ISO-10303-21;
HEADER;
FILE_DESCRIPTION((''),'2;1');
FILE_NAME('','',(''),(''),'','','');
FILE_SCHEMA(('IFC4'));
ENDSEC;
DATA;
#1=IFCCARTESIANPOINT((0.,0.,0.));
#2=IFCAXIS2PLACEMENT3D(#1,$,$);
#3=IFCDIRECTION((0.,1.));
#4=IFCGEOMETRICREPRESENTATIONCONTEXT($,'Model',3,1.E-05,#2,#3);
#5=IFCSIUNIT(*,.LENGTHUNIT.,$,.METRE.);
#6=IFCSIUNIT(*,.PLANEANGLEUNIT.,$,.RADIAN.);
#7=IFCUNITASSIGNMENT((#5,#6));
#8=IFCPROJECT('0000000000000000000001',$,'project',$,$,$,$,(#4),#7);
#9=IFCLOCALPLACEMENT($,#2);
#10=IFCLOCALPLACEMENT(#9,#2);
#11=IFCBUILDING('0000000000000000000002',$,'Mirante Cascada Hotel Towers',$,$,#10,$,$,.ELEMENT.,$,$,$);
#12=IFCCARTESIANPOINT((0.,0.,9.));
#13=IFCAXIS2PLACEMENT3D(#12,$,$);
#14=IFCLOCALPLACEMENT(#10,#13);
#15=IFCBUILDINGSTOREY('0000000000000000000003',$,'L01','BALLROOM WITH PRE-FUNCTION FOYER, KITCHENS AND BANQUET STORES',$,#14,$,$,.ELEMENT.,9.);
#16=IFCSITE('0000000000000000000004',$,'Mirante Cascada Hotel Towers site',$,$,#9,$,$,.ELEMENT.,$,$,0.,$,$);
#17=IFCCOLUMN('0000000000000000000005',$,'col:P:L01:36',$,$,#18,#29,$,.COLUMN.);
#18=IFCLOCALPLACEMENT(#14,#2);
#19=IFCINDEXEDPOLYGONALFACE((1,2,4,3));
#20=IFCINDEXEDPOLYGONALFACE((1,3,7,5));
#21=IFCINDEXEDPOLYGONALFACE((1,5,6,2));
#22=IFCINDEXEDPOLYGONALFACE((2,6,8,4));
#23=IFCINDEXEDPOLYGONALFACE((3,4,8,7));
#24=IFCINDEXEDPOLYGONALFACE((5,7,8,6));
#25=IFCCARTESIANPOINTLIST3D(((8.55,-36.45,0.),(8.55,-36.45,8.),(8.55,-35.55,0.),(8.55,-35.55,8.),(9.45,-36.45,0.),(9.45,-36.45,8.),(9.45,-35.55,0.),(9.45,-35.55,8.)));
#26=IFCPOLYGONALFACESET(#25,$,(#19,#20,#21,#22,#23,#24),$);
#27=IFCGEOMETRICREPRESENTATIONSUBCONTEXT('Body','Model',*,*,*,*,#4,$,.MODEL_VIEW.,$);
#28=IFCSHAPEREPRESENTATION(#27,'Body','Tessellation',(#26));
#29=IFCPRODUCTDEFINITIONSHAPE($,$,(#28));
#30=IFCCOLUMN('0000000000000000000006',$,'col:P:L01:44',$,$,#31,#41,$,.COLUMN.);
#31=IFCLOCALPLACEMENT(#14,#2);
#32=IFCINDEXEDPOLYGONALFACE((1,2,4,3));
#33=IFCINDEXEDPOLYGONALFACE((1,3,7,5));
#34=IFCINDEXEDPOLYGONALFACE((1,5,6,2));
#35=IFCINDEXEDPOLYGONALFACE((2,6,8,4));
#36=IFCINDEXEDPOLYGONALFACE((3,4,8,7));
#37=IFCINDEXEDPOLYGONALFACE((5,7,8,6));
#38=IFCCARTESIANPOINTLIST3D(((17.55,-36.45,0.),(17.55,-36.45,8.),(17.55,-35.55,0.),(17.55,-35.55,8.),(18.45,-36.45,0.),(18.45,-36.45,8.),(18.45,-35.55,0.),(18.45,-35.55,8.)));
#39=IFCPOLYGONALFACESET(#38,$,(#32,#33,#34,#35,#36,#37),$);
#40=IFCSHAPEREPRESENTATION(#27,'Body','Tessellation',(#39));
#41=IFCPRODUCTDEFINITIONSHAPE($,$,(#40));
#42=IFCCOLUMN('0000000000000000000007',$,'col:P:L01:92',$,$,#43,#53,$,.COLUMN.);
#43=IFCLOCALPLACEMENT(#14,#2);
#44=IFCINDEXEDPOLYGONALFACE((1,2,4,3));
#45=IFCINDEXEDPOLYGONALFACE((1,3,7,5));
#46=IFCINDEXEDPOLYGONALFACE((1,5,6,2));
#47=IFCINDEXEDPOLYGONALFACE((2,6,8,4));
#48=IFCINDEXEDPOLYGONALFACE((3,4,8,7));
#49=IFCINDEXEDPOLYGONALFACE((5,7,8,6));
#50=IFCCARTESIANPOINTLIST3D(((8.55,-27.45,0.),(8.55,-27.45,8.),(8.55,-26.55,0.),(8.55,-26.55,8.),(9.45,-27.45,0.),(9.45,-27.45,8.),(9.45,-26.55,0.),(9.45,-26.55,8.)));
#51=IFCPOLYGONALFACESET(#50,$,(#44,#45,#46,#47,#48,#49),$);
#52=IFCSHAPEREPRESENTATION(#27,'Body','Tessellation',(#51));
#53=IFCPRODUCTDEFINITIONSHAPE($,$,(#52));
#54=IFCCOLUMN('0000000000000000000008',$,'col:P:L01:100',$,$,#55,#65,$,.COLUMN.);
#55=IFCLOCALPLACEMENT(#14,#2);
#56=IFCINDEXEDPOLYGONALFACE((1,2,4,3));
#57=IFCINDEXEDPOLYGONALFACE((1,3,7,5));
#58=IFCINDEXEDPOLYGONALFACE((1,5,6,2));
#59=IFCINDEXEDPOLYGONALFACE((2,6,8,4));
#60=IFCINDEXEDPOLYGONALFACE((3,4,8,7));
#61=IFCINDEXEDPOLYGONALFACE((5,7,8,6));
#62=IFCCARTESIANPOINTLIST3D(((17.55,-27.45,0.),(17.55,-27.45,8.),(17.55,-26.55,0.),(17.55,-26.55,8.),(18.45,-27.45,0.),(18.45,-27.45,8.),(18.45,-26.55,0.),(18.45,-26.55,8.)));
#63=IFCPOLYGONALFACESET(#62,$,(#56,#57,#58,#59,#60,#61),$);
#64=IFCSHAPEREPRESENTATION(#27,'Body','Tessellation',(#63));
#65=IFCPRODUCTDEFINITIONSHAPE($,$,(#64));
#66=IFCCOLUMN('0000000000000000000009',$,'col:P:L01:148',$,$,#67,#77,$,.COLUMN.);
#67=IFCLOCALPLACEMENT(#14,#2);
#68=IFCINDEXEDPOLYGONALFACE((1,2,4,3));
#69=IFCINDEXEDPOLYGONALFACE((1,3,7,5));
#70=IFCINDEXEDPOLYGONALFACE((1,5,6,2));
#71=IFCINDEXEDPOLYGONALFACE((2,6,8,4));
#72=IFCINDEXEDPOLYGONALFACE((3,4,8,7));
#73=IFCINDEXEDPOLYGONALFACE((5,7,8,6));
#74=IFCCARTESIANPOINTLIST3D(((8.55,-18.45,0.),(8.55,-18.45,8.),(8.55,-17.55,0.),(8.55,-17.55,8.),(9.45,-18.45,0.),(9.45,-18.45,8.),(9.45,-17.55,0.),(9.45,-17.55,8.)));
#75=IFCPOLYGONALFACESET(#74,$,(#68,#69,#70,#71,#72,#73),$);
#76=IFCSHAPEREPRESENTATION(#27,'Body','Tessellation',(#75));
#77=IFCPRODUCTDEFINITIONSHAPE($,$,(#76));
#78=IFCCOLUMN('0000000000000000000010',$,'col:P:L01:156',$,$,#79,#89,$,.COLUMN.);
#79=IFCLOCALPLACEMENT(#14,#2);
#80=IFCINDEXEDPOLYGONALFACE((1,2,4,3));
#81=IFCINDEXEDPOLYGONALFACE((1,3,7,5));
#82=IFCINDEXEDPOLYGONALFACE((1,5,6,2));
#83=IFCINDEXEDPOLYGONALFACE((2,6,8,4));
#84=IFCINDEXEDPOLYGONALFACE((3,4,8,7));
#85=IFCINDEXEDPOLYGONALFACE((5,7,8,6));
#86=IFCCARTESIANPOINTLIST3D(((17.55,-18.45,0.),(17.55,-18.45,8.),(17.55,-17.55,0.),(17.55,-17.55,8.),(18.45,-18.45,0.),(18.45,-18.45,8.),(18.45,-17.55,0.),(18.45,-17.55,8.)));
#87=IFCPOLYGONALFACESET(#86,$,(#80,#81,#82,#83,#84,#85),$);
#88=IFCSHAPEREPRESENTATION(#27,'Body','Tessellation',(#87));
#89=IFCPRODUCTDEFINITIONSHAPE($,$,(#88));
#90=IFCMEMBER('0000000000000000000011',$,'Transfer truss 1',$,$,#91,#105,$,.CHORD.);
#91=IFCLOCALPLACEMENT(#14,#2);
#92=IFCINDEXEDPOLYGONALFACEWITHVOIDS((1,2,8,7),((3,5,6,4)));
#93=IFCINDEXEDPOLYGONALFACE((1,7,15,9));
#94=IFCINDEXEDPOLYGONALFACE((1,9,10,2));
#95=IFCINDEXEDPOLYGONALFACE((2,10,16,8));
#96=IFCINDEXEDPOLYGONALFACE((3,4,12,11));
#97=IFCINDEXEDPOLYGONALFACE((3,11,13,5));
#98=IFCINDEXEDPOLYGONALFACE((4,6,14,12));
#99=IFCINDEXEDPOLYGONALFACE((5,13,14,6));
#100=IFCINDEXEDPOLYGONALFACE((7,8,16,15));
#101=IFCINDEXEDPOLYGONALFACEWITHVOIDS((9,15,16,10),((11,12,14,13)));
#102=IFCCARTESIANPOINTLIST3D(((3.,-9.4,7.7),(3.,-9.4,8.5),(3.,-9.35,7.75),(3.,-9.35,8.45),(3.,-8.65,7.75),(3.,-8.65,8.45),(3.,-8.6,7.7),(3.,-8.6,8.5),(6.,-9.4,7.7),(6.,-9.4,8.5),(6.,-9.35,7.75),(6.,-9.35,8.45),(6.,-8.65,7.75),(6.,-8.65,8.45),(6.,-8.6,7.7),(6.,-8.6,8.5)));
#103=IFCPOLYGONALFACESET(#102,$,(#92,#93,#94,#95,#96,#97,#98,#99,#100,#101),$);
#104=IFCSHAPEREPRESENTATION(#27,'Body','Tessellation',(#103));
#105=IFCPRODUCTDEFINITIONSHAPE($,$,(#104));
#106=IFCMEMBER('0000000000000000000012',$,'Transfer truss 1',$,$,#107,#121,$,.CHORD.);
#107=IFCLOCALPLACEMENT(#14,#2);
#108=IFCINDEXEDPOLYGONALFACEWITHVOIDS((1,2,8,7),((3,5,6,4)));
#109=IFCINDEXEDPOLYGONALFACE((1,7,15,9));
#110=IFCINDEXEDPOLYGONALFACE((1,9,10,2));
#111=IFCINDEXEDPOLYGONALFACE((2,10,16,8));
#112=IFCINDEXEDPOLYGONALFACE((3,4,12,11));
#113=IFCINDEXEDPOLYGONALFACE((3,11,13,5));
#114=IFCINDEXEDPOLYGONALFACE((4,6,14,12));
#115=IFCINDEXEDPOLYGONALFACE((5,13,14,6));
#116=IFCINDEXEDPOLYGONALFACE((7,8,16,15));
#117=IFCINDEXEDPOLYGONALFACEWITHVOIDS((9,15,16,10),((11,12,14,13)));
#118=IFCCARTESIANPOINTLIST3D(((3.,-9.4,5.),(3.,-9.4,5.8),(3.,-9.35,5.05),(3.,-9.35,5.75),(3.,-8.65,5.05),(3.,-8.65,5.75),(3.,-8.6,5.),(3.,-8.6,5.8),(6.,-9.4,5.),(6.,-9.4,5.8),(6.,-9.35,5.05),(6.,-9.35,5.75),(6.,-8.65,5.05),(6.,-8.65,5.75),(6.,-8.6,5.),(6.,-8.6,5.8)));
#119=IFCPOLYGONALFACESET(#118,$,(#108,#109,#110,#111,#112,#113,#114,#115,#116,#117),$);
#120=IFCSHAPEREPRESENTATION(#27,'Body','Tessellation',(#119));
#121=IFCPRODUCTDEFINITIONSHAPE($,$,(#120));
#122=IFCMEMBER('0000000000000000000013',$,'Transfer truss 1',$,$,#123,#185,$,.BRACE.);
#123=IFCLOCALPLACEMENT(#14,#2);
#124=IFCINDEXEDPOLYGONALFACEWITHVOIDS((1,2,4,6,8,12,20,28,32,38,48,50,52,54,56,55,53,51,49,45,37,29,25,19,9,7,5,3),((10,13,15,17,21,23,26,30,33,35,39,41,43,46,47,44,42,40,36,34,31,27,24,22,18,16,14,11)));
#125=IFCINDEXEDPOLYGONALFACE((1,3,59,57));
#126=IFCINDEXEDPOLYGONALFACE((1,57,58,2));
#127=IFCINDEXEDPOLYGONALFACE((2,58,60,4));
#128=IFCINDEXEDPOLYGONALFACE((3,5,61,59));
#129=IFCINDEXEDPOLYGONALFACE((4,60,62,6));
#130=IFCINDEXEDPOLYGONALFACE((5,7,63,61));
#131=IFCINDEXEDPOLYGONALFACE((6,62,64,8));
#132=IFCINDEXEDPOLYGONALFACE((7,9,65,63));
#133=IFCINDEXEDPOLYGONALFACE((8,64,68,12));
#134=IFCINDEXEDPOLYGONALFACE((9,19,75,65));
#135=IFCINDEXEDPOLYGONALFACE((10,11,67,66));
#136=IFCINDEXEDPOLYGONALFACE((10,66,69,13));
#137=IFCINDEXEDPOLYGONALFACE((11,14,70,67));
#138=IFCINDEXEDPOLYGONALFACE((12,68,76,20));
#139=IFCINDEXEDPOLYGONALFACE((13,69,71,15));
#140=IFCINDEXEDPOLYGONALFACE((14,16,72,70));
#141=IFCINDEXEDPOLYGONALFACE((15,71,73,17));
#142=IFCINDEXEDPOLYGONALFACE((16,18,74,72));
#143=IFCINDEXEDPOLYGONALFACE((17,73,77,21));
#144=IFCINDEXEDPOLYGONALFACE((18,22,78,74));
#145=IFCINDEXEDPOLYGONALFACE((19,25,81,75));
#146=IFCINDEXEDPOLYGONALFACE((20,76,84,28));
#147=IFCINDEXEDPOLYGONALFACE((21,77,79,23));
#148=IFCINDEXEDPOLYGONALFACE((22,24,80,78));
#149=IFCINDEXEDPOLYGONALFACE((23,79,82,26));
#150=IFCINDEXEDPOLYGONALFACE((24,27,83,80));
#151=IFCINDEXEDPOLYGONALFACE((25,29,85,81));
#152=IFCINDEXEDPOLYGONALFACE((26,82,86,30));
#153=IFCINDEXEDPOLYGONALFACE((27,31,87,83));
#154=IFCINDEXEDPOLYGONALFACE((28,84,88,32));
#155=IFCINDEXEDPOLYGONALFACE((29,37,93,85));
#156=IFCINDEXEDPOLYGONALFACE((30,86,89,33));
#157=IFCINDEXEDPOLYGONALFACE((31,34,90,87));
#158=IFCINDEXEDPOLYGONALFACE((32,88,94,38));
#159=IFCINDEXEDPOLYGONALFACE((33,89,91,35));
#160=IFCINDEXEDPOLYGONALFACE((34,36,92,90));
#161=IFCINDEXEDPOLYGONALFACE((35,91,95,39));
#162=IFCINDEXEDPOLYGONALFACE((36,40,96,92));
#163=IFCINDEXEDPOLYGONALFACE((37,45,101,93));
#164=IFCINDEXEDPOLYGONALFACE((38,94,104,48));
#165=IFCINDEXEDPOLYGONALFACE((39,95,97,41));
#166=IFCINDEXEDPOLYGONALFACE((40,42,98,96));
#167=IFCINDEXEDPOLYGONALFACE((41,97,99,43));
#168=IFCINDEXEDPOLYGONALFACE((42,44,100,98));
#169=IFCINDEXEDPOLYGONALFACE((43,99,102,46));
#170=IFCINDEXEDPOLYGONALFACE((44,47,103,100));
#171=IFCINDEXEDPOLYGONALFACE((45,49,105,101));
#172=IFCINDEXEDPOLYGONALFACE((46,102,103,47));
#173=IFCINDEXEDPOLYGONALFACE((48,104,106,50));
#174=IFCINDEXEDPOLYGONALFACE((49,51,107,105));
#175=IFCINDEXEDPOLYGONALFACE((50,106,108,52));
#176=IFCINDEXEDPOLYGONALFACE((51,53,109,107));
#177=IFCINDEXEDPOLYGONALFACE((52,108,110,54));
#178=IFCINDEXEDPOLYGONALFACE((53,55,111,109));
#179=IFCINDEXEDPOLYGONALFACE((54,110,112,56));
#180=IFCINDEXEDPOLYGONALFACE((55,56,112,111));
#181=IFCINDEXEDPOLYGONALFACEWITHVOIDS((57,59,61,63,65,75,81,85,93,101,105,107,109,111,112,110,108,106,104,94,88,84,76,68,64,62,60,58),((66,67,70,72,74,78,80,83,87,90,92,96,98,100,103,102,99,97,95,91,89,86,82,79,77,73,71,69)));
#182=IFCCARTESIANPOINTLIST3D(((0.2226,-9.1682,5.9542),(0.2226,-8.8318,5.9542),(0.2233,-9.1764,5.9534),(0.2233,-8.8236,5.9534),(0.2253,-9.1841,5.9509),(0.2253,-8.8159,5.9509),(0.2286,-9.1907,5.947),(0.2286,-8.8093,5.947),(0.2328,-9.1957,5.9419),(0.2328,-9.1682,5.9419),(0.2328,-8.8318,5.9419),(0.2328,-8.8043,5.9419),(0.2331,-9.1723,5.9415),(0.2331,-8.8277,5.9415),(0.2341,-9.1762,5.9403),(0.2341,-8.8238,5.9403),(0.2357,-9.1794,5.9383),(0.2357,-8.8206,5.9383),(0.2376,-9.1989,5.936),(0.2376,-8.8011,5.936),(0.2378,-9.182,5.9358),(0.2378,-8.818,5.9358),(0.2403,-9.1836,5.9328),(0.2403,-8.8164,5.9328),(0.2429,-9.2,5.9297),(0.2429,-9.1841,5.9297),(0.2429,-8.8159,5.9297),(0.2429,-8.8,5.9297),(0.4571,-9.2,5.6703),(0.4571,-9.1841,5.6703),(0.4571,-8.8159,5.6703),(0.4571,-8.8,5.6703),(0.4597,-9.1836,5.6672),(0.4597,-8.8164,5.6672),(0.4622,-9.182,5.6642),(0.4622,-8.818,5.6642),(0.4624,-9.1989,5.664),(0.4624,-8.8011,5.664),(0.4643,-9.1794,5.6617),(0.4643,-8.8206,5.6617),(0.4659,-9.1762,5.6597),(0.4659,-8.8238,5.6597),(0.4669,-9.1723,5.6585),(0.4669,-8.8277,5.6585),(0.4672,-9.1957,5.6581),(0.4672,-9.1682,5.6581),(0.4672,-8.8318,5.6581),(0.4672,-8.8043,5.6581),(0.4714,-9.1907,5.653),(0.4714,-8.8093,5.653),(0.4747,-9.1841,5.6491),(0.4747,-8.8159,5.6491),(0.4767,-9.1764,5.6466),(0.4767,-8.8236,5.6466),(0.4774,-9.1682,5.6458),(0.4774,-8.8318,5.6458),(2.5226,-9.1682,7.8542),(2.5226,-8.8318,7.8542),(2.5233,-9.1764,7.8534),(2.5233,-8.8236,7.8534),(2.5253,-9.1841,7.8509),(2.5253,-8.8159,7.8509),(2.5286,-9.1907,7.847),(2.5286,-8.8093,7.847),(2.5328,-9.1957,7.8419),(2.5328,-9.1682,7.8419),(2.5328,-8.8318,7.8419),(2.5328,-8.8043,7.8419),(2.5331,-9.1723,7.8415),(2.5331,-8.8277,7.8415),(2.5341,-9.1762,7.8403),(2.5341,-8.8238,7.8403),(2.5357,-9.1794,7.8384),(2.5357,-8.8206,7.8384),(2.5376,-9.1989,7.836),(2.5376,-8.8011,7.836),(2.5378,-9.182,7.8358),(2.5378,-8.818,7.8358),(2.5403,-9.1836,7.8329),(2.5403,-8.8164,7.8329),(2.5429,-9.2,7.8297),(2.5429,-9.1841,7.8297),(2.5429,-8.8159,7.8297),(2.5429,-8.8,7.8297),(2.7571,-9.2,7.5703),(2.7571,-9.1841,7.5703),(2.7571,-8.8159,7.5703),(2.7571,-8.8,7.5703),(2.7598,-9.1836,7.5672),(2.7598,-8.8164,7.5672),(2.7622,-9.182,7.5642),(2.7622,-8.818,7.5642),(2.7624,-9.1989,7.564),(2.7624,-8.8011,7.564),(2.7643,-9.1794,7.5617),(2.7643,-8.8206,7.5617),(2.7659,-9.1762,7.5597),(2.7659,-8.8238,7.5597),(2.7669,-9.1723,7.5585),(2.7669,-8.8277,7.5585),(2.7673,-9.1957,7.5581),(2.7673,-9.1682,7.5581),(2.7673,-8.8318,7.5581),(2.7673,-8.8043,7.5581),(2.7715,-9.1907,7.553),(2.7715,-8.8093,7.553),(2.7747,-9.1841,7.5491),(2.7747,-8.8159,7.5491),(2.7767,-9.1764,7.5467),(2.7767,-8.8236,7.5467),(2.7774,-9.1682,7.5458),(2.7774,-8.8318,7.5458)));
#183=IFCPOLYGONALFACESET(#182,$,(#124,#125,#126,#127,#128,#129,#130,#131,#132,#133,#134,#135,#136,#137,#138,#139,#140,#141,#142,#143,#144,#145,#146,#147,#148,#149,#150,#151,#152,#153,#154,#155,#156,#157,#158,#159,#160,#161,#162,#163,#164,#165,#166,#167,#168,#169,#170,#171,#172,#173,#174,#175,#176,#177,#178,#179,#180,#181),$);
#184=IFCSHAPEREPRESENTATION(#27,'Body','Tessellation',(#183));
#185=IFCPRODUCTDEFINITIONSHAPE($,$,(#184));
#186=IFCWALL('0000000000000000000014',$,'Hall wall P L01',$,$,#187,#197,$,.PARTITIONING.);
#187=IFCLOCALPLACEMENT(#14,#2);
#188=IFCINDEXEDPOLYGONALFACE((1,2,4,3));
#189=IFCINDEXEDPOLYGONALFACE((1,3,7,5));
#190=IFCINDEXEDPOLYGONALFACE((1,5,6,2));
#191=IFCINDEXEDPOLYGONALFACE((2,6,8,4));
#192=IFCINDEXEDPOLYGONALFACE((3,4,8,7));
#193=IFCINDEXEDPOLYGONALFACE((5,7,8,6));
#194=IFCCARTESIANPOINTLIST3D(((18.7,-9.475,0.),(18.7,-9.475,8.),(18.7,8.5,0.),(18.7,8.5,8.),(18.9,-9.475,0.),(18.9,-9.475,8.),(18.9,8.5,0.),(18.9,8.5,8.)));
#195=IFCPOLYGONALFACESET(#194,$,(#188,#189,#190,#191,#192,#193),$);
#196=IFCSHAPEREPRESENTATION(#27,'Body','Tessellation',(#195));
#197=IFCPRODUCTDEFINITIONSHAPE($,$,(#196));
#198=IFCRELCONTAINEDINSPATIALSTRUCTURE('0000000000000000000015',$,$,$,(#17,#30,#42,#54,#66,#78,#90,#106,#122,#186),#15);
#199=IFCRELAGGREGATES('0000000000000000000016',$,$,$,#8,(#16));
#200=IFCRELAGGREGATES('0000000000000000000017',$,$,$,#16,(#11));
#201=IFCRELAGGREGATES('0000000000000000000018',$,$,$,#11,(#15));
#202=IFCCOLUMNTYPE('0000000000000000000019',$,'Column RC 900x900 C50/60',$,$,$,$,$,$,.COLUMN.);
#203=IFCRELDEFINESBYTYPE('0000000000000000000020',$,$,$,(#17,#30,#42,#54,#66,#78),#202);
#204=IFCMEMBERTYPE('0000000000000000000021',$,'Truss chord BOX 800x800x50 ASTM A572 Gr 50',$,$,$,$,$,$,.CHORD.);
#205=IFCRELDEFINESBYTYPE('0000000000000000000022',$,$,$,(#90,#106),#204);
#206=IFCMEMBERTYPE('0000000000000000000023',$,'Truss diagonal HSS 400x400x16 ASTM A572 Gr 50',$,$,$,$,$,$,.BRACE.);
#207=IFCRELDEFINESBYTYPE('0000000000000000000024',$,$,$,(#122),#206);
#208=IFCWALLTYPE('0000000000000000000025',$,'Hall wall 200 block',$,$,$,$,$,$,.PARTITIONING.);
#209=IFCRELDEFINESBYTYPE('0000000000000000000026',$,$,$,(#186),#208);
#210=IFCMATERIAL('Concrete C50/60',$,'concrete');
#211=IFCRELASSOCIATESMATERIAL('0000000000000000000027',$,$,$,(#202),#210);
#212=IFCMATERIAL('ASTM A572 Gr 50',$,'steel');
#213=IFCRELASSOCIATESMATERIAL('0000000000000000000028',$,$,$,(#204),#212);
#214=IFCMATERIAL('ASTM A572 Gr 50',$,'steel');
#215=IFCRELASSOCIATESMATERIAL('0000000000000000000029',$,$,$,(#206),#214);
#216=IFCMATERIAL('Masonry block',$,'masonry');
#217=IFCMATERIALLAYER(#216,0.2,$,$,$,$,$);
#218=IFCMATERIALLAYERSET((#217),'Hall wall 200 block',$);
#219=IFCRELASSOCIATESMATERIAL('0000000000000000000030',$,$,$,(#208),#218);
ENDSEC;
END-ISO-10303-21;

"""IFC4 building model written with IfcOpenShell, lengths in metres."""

from ifc_helpers import new_model, si_unit, direction, frame, frame_2d, origin, origin_2d, place, context, subcontext, project, spatial, rectangle, hollow_rectangle, extrude, material, layer, layer_set, material_profile, profile_set, type_object, element, save


model = new_model("IFC4")

# Units and contexts
model_context = context("Model", 3, precision=1e-05, world=origin(), true_north=direction((0.0, 1.0)))
body_context = subcontext(model_context, "Body", "Model", "MODEL_VIEW")
ifc_project = project(units=[si_unit("LENGTHUNIT", "METRE"), si_unit("PLANEANGLEUNIT", "RADIAN")], contexts=[model_context])

# Site, building, storey
site_placement = place(None, origin())
site = spatial("IfcSite", under=ifc_project, at=site_placement, Name="Mirante Cascada Hotel Towers site", CompositionType="ELEMENT", RefElevation=0.0)
building_placement = place(site_placement, origin())
building = spatial("IfcBuilding", under=site, at=building_placement, Name="Mirante Cascada Hotel Towers", CompositionType="ELEMENT")
storey_placement = place(building_placement, frame((0.0, 0.0, 9.0)))
storey = spatial("IfcBuildingStorey", under=building, at=storey_placement, Name="L01", Description="BALLROOM WITH PRE-FUNCTION FOYER, KITCHENS AND BANQUET STORES", CompositionType="ELEMENT", Elevation=9.0)

# Columns
ifc_material_1 = material(Name="Concrete C50/60", Category="concrete")
ifc_material_profile_1 = material_profile(ifc_material_1, rectangle(XDim=0.9, YDim=0.9, at=origin_2d()), Name="RC 900x900")
ifc_profile_set_1 = profile_set([ifc_material_profile_1], Name="Concrete C50/60")
column_type = type_object("IfcColumnType", Name="Column RC 900x900 C50/60", PredefinedType="COLUMN", material=ifc_profile_set_1)
for number, where, z_axis, x_axis, name in (
    (1, (9.0, -36.0, 0.0), (0.0, 0.0, 1.0), (1.0, 0.0, 0.0), "col:P:L01:36"),
    (2, (18.0, -36.0, 0.0), (0.0, 0.0, 1.0), (1.0, 0.0, 0.0), "col:P:L01:44"),
    (3, (9.0, -27.0, 0.0), (0.0, 0.0, 1.0), (1.0, 0.0, 0.0), "col:P:L01:92"),
    (4, (18.0, -27.0, 0.0), (0.0, 0.0, 1.0), (1.0, 0.0, 0.0), "col:P:L01:100"),
    (5, (9.0, -18.0, 0.0), (0.0, 0.0, 1.0), (1.0, 0.0, 0.0), "col:P:L01:148"),
    (6, (18.0, -18.0, 0.0), (0.0, 0.0, 1.0), (1.0, 0.0, 0.0), "col:P:L01:156"),
):
    element("IfcColumn", number, at=place(storey_placement, frame(where, z_axis=z_axis, x_axis=x_axis)), inside=storey, type_object=column_type, Name=name, PredefinedType="COLUMN", context=body_context, shape_type="SweptSolid", body=[
        extrude(rectangle(XDim=0.9, YDim=0.9, at=origin_2d()), origin(), (0.0, 0.0, 1.0), 8.0),
    ])

# Members
ifc_material_2 = material(Name="ASTM A572 Gr 50", Category="steel")
ifc_material_profile_2 = material_profile(ifc_material_2, hollow_rectangle(XDim=0.8, YDim=0.8, WallThickness=0.05, at=origin_2d()), Name="BOX 800x800x50")
ifc_profile_set_2 = profile_set([ifc_material_profile_2], Name="ASTM A572 Gr 50")
member_type_1 = type_object("IfcMemberType", Name="Truss chord BOX 800x800x50 ASTM A572 Gr 50", PredefinedType="CHORD", material=ifc_profile_set_2)
for number, where, z_axis, x_axis, name in (
    (7, (3.0, -9.0, 8.1), (1.0, 0.0, 0.0), (0.0, 1.0, 0.0), "Transfer truss 1"),
    (8, (3.0, -9.0, 5.4), (1.0, 0.0, 0.0), (0.0, 1.0, 0.0), "Transfer truss 1"),
):
    element("IfcMember", number, at=place(storey_placement, frame(where, z_axis=z_axis, x_axis=x_axis)), inside=storey, type_object=member_type_1, Name=name, PredefinedType="CHORD", context=body_context, shape_type="SweptSolid", body=[
        extrude(hollow_rectangle(XDim=0.8, YDim=0.8, WallThickness=0.05, at=origin_2d()), origin(), (0.0, 0.0, 1.0), 3.0),
    ])
ifc_material_3 = material(Name="ASTM A572 Gr 50", Category="steel")
ifc_material_profile_3 = material_profile(ifc_material_3, hollow_rectangle(XDim=0.4, YDim=0.4, WallThickness=0.0159, InnerFilletRadius=0.0159, OuterFilletRadius=0.0318, at=origin_2d()), Name="HSS 400x400x16")
ifc_profile_set_3 = profile_set([ifc_material_profile_3], Name="ASTM A572 Gr 50")
member_type_2 = type_object("IfcMemberType", Name="Truss diagonal HSS 400x400x16 ASTM A572 Gr 50", PredefinedType="BRACE", material=ifc_profile_set_3)
member_placement = place(storey_placement, frame((0.35, -9.0, 5.8), z_axis=(0.770962, 0.0, 0.636881), x_axis=(0.0, 1.0, 0.0)))
element("IfcMember", 9, at=member_placement, inside=storey, type_object=member_type_2, Name="Transfer truss 1", PredefinedType="BRACE", context=body_context, shape_type="SweptSolid", body=[
    extrude(hollow_rectangle(XDim=0.4, YDim=0.4, WallThickness=0.0159, InnerFilletRadius=0.0159, OuterFilletRadius=0.0318, at=origin_2d()), origin(), (0.0, 0.0, 1.0), 2.9833),
])

# Wall
ifc_material_4 = material(Name="Masonry block", Category="masonry")
ifc_layer_1 = layer(ifc_material_4, 0.2)
ifc_layer_set_1 = layer_set([ifc_layer_1], Name="Hall wall 200 block")
wall_type_1 = type_object("IfcWallType", Name="Hall wall 200 block", PredefinedType="PARTITIONING", material=ifc_layer_set_1)
wall_1_placement = place(storey_placement, frame((18.8, -9.475, 0.0), z_axis=(0.0, 0.0, 1.0), x_axis=(0.0, 1.0, 0.0)))
element("IfcWall", 10, at=wall_1_placement, inside=storey, type_object=wall_type_1, Name="Hall wall P L01", PredefinedType="PARTITIONING", context=body_context, shape_type="SweptSolid", body=[
    extrude(rectangle(XDim=17.975, YDim=0.2, at=frame_2d((8.9875, 0.0))), origin(), (0.0, 0.0, 1.0), 8.0),
])

save(model, "model.ifc")
